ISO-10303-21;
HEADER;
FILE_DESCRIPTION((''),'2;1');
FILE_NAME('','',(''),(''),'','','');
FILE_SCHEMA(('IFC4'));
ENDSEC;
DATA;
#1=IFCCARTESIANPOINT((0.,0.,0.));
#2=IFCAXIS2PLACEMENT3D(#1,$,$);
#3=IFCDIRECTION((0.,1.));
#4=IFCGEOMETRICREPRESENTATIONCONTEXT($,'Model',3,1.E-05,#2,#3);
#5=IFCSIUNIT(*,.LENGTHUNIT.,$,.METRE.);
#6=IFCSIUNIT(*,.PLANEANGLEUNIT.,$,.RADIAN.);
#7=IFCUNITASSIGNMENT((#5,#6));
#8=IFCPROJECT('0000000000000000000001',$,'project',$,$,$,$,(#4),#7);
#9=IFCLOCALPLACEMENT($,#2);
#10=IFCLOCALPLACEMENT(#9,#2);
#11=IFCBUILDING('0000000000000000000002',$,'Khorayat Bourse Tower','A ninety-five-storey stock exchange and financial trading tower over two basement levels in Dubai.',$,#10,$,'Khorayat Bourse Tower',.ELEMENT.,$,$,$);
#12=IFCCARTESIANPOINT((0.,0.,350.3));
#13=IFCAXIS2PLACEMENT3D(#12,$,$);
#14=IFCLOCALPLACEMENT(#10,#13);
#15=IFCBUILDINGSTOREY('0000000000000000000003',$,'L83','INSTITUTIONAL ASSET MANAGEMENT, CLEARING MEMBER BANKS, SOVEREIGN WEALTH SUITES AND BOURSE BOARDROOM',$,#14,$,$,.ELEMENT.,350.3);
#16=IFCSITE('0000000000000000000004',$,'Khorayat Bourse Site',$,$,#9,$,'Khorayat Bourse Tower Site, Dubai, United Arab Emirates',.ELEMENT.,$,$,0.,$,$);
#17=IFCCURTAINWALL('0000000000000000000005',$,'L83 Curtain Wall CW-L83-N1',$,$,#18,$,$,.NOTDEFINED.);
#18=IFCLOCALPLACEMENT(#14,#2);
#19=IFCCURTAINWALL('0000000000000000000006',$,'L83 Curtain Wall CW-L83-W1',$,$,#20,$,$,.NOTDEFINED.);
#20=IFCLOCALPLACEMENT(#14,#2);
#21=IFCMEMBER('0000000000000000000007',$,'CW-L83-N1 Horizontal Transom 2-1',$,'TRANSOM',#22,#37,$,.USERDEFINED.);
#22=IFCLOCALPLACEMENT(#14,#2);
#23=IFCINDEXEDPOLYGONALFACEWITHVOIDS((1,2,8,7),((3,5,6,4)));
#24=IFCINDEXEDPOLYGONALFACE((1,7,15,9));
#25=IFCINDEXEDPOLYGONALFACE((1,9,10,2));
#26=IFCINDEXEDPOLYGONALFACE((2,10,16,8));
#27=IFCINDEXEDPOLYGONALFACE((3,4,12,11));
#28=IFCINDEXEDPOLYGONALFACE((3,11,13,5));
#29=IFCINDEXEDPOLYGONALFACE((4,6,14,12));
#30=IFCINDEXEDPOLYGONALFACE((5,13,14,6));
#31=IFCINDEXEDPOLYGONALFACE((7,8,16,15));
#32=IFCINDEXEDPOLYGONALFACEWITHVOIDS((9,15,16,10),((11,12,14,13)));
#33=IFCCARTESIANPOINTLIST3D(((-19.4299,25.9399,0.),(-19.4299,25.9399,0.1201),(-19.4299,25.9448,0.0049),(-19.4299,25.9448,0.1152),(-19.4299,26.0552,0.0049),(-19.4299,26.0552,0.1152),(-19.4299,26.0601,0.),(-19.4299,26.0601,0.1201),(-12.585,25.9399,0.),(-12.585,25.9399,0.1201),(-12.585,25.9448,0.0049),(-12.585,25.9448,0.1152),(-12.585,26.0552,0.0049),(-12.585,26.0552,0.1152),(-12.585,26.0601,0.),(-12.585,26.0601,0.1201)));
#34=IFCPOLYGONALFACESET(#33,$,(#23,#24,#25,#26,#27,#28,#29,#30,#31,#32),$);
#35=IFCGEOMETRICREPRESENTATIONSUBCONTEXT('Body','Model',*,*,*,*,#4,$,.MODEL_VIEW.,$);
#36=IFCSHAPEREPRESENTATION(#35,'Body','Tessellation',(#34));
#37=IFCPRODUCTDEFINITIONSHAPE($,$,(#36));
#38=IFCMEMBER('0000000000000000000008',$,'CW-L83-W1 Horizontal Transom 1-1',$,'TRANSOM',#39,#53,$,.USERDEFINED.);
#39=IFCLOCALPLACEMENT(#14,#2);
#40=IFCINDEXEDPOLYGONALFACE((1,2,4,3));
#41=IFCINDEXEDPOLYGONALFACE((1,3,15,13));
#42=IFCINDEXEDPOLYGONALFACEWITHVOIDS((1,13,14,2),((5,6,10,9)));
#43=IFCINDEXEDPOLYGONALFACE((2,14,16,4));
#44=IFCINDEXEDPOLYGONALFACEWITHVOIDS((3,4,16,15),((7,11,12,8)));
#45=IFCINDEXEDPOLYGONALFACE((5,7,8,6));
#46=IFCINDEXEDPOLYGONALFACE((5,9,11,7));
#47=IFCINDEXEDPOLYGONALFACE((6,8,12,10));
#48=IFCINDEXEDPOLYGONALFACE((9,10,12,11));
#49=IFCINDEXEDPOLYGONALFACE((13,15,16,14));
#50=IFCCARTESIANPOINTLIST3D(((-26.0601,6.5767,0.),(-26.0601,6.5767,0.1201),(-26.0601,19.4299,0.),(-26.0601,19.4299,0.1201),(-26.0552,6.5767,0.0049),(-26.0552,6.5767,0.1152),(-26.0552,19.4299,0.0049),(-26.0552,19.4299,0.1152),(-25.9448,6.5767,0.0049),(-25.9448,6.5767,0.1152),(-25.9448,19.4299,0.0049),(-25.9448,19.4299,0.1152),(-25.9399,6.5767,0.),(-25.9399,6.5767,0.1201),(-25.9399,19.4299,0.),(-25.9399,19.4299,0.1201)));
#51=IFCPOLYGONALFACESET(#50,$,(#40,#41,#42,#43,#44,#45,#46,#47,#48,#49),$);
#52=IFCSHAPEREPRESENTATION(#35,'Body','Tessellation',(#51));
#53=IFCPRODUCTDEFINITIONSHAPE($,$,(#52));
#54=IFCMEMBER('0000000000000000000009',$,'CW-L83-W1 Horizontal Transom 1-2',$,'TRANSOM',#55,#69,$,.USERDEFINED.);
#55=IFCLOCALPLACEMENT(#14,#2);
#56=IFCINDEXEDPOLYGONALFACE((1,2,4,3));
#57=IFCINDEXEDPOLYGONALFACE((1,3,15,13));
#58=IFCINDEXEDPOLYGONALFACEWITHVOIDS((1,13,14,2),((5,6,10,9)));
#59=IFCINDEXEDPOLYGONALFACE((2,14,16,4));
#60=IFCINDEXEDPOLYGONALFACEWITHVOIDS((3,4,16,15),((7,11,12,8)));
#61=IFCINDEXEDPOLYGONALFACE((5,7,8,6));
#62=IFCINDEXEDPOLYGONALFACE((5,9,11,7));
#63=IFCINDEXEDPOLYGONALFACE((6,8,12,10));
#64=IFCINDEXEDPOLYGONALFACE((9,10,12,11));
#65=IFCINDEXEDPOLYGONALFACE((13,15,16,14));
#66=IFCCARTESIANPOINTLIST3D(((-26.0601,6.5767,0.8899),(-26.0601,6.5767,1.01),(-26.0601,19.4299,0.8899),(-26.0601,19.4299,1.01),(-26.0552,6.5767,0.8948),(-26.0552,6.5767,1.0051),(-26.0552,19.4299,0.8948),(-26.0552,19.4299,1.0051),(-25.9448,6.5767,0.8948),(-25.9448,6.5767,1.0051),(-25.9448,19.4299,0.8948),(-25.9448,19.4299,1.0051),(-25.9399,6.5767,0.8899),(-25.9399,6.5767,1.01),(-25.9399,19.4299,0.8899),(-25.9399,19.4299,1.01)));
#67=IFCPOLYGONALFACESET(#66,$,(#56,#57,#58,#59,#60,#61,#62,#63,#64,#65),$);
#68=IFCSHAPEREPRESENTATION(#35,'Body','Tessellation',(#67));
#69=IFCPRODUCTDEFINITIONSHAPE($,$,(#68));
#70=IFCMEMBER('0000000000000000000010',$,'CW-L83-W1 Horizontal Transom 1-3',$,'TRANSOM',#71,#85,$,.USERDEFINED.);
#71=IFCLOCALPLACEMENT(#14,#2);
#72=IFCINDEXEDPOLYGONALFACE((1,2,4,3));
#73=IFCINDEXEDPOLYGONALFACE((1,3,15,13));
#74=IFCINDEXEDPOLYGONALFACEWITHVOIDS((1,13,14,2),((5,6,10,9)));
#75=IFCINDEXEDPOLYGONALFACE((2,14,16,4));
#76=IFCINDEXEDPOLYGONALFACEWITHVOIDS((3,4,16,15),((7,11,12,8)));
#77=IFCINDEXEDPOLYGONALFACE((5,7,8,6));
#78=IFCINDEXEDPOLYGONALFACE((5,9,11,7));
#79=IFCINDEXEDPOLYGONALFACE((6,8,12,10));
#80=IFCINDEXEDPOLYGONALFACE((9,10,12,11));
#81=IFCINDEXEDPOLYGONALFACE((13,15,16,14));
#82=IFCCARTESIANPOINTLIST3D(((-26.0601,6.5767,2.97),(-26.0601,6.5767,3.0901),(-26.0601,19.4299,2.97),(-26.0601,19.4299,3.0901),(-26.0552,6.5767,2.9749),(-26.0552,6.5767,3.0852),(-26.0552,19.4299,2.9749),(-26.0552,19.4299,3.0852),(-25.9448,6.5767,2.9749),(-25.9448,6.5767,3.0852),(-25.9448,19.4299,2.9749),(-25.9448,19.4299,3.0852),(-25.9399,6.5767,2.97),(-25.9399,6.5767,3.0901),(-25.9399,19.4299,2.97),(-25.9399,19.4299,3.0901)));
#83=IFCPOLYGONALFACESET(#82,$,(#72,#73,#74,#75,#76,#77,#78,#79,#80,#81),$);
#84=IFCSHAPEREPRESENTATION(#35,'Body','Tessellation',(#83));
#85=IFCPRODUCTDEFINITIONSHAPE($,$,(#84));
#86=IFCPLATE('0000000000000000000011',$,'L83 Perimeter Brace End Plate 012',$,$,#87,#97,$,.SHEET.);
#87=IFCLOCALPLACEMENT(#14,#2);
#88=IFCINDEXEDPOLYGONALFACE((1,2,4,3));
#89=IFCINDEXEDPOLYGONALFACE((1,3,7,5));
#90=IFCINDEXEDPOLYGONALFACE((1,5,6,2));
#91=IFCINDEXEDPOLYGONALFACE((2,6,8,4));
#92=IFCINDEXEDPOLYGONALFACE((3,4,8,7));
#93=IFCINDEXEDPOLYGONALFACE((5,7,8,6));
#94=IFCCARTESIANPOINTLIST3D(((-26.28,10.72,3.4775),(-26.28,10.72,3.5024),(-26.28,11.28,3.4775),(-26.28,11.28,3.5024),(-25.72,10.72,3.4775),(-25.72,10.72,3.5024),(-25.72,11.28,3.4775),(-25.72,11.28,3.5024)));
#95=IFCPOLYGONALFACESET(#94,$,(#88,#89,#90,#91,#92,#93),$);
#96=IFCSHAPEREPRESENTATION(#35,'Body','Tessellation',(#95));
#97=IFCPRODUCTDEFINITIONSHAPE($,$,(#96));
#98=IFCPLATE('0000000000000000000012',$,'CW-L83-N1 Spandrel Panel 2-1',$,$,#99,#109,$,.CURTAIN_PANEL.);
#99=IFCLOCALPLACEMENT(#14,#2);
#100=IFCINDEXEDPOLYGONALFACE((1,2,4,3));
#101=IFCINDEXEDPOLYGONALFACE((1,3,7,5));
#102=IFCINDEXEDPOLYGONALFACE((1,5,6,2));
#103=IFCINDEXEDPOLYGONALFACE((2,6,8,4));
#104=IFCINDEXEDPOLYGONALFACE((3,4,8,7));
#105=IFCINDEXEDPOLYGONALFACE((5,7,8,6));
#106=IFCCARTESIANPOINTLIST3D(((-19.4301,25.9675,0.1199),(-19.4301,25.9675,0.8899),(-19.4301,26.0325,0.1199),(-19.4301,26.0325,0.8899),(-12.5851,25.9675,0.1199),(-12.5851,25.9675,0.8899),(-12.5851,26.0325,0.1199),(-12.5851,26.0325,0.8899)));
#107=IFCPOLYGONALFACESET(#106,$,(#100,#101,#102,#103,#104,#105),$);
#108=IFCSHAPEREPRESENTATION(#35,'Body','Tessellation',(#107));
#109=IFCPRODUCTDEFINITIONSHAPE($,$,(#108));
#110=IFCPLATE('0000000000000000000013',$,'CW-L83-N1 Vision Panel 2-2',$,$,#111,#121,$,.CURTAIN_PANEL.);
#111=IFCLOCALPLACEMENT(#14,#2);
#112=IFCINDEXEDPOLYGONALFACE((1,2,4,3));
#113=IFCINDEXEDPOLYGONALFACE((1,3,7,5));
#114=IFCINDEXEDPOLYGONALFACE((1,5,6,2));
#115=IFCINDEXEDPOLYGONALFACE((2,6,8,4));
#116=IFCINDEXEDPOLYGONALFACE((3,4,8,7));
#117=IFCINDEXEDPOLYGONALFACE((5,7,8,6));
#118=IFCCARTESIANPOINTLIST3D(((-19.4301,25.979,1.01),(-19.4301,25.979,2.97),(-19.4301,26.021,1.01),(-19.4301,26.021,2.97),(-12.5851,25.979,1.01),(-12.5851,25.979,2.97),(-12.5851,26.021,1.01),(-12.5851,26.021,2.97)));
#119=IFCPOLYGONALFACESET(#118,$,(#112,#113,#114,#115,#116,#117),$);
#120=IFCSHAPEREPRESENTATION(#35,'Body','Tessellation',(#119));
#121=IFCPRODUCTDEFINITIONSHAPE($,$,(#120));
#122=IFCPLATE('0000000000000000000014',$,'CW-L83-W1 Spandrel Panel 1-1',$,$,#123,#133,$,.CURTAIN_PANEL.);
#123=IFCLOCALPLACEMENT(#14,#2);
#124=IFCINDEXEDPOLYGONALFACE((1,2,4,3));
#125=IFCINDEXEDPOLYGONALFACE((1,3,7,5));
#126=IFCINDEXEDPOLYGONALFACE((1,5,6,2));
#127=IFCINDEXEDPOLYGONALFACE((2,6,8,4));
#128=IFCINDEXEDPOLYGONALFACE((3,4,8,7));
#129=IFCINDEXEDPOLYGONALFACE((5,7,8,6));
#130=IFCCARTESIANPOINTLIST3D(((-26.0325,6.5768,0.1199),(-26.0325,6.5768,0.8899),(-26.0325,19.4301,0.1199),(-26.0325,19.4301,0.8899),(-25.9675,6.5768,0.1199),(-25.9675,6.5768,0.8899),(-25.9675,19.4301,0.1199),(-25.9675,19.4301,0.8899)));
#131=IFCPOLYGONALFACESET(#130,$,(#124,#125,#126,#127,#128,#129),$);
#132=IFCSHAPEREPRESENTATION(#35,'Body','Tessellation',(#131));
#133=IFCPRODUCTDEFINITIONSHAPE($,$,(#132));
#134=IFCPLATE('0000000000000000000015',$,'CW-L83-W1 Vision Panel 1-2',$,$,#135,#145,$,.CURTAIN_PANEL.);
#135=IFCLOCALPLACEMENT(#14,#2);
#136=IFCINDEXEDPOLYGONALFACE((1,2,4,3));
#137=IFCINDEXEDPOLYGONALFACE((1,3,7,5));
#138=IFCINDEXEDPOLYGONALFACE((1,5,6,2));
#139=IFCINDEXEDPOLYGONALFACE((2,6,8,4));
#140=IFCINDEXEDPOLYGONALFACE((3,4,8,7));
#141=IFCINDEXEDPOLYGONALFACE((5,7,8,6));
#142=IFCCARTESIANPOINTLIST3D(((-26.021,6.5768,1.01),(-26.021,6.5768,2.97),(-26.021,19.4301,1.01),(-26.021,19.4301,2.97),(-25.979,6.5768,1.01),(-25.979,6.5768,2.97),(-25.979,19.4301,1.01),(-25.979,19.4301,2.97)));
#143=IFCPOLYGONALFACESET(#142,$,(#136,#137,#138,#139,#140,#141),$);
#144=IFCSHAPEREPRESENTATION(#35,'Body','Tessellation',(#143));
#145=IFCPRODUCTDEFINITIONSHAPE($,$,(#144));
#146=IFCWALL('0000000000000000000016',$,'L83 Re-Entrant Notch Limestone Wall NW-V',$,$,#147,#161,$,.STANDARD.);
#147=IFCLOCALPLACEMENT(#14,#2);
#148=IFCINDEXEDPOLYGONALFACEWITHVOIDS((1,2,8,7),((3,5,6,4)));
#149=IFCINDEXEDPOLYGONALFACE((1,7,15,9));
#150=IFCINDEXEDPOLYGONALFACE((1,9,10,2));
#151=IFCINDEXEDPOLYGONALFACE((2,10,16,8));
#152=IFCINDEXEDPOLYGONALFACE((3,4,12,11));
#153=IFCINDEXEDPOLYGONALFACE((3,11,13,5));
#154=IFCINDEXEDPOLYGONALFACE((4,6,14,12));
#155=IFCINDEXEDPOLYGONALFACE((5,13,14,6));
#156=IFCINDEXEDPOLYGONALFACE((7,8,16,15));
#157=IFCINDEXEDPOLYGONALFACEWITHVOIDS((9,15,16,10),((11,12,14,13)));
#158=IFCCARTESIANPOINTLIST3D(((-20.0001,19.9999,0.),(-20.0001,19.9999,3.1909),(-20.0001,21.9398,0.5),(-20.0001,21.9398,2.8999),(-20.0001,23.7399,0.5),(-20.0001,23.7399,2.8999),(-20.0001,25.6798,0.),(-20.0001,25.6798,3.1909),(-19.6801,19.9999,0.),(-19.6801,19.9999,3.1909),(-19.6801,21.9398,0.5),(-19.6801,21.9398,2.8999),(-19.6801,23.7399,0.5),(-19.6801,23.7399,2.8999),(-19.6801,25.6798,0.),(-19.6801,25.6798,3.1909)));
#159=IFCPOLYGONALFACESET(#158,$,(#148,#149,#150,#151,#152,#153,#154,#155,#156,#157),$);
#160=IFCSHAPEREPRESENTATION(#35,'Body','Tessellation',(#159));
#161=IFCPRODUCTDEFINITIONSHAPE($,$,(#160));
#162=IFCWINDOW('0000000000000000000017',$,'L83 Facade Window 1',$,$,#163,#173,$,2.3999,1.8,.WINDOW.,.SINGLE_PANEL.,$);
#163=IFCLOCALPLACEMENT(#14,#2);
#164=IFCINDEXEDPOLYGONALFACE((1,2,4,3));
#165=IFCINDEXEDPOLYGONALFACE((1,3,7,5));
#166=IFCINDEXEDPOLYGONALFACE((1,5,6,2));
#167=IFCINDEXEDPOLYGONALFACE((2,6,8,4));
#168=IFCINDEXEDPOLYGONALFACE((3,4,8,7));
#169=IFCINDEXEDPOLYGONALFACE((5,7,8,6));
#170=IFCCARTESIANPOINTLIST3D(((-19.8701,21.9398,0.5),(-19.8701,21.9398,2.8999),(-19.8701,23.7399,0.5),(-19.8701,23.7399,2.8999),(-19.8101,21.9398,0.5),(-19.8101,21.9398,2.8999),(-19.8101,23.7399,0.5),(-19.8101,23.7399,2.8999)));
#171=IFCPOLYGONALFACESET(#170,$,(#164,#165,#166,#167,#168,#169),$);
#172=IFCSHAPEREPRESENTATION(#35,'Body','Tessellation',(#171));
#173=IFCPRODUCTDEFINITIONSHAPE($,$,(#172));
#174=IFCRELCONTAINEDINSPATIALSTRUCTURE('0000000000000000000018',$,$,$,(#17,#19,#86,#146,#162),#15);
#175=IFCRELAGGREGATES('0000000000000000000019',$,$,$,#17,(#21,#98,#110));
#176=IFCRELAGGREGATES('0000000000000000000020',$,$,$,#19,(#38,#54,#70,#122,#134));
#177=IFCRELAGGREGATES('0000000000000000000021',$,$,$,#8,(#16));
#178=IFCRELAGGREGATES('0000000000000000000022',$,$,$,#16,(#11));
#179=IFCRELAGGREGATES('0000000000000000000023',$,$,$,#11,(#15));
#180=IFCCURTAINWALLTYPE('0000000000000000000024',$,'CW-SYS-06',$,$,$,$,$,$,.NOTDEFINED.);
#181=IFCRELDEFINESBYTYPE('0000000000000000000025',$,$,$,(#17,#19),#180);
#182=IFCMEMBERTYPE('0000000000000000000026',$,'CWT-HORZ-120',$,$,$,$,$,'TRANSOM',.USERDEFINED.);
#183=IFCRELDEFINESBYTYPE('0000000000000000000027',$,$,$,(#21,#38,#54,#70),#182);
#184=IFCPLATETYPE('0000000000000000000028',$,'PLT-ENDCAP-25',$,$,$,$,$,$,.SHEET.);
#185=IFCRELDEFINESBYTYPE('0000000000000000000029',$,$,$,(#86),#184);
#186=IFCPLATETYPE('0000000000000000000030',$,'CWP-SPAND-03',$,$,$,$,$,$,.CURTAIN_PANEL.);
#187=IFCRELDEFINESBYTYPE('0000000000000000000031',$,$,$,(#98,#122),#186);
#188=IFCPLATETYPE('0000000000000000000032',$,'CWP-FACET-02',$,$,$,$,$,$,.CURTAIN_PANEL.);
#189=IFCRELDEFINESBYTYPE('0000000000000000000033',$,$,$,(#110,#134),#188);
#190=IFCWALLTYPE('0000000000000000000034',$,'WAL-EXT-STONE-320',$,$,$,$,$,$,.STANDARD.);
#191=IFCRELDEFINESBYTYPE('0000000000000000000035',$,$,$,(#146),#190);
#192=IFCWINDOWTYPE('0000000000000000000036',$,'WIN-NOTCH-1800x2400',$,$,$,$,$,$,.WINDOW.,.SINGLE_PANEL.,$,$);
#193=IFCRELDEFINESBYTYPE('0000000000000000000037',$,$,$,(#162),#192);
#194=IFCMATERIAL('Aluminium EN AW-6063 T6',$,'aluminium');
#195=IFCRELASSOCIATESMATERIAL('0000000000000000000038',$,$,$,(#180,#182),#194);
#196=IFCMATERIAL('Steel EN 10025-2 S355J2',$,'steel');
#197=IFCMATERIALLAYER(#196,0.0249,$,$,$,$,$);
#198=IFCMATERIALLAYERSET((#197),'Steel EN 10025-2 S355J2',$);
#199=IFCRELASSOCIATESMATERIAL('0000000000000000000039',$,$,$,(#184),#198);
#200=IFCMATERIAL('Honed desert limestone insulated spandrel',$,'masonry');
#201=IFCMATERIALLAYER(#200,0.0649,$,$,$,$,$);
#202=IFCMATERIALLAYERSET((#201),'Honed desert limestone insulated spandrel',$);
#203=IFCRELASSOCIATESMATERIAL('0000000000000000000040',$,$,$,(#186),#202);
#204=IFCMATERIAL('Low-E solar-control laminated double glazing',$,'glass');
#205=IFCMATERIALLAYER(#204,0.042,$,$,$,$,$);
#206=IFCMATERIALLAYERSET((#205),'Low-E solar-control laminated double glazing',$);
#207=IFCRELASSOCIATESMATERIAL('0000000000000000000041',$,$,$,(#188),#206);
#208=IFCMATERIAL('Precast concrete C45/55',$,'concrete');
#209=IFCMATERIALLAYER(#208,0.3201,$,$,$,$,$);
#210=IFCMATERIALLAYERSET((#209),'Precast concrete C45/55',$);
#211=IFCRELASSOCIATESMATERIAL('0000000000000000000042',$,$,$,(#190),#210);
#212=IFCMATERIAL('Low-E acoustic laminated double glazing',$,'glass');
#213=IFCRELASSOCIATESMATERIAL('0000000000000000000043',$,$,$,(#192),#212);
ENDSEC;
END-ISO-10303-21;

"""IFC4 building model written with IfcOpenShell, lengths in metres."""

from ifc_helpers import new_model, si_unit, direction, frame, frame_2d, origin, origin_2d, place, context, subcontext, project, spatial, rectangle, hollow_rectangle, extrude, source, transform, mapped, material, layer, layer_set, material_profile, profile_set, type_object, element, fill, aggregate, save


model = new_model("IFC4")

# Units and contexts
model_context = context("Model", 3, precision=1e-05, world=origin(), true_north=direction((0.0, 1.0)))
body_context = subcontext(model_context, "Body", "Model", "MODEL_VIEW")
ifc_project = project(units=[si_unit("LENGTHUNIT", "METRE"), si_unit("PLANEANGLEUNIT", "RADIAN")], contexts=[model_context])

# Site, building, storey
site_placement = place(None, origin())
site = spatial("IfcSite", under=ifc_project, at=site_placement, Name="Khorayat Bourse Site", LongName="Khorayat Bourse Tower Site, Dubai, United Arab Emirates", CompositionType="ELEMENT", RefElevation=0.0)
building_placement = place(site_placement, origin())
building = spatial("IfcBuilding", under=site, at=building_placement, Name="Khorayat Bourse Tower", Description="A ninety-five-storey stock exchange and financial trading tower over two basement levels in Dubai.", LongName="Khorayat Bourse Tower", CompositionType="ELEMENT")
storey_placement = place(building_placement, frame((0.0, 0.0, 350.3)))
storey = spatial("IfcBuildingStorey", under=building, at=storey_placement, Name="L83", Description="INSTITUTIONAL ASSET MANAGEMENT, CLEARING MEMBER BANKS, SOVEREIGN WEALTH SUITES AND BOURSE BOARDROOM", CompositionType="ELEMENT", Elevation=350.3)

# Shared definitions
ifc_material_1 = material(Name="Steel EN 10025-2 S355J2", Category="steel")

# Curtain walls
ifc_material_2 = material(Name="Aluminium EN AW-6063 T6", Category="aluminium")
curtain_wall_type = type_object("IfcCurtainWallType", Name="CW-SYS-06", PredefinedType="NOTDEFINED", material=ifc_material_2)
curtain_wall_1_placement = place(storey_placement, origin())
curtain_wall_1 = element("IfcCurtainWall", 1, at=curtain_wall_1_placement, inside=storey, type_object=curtain_wall_type, Name="L83 Curtain Wall CW-L83-N1", PredefinedType="NOTDEFINED")
curtain_wall_2_placement = place(storey_placement, origin())
curtain_wall_2 = element("IfcCurtainWall", 2, at=curtain_wall_2_placement, inside=storey, type_object=curtain_wall_type, Name="L83 Curtain Wall CW-L83-W1", PredefinedType="NOTDEFINED")

# Members
ifc_material_profile_1 = material_profile(ifc_material_2, hollow_rectangle(XDim=0.1201, YDim=0.1201, WallThickness=0.0049, at=origin_2d()), Name="ALU 120x120x5")
ifc_profile_set_1 = profile_set([ifc_material_profile_1], Name="Aluminium EN AW-6063 T6")
member_type_1 = type_object("IfcMemberType", Name="CWT-HORZ-120", ElementType="TRANSOM", PredefinedType="USERDEFINED", material=ifc_profile_set_1)
shared_shape_1 = source(origin(), body_context, "Body", "SweptSolid", [
    extrude(hollow_rectangle(XDim=0.1201, YDim=0.1201, WallThickness=0.0049, at=origin_2d()), origin(), (0.0, 0.0, 1.0), 6.845),
])
member_1_placement = place(storey_placement, frame((-12.585, 26.0, 0.0601), z_axis=(-1.0, 0.0, 0.0), x_axis=(0.0, -1.0, 0.0)))
member_1 = element("IfcMember", 3, at=member_1_placement, type_object=member_type_1, Name="CW-L83-N1 Horizontal Transom 2-1", ObjectType="TRANSOM", PredefinedType="USERDEFINED", context=body_context, shape_type="MappedRepresentation", body=[
    mapped(shared_shape_1, transform((0.0, 0.0, 0.0), scale=1.0)),
])
shared_shape_2 = source(origin(), body_context, "Body", "SweptSolid", [
    extrude(hollow_rectangle(XDim=0.1201, YDim=0.1201, WallThickness=0.0049, at=origin_2d()), origin(), (0.0, 0.0, 1.0), 12.8533),
])
member_2_placement = place(storey_placement, frame((-26.0, 19.4299, 0.0601), z_axis=(0.0, -1.0, 0.0), x_axis=(1.0, 0.0, 0.0)))
member_2 = element("IfcMember", 4, at=member_2_placement, type_object=member_type_1, Name="CW-L83-W1 Horizontal Transom 1-1", ObjectType="TRANSOM", PredefinedType="USERDEFINED", context=body_context, shape_type="MappedRepresentation", body=[
    mapped(shared_shape_2, transform((0.0, 0.0, 0.0), scale=1.0)),
])
member_3_placement = place(storey_placement, frame((-26.0, 19.4299, 0.95), z_axis=(0.0, -1.0, 0.0), x_axis=(1.0, 0.0, 0.0)))
member_3 = element("IfcMember", 5, at=member_3_placement, type_object=member_type_1, Name="CW-L83-W1 Horizontal Transom 1-2", ObjectType="TRANSOM", PredefinedType="USERDEFINED", context=body_context, shape_type="MappedRepresentation", body=[
    mapped(shared_shape_2, transform((0.0, 0.0, 0.0), scale=1.0)),
])
member_4_placement = place(storey_placement, frame((-26.0, 19.4299, 3.03), z_axis=(0.0, -1.0, 0.0), x_axis=(1.0, 0.0, 0.0)))
member_4 = element("IfcMember", 6, at=member_4_placement, type_object=member_type_1, Name="CW-L83-W1 Horizontal Transom 1-3", ObjectType="TRANSOM", PredefinedType="USERDEFINED", context=body_context, shape_type="MappedRepresentation", body=[
    mapped(shared_shape_2, transform((0.0, 0.0, 0.0), scale=1.0)),
])

# Plates
ifc_layer_1 = layer(ifc_material_1, 0.0249)
ifc_layer_set_1 = layer_set([ifc_layer_1], Name="Steel EN 10025-2 S355J2")
plate_type_1 = type_object("IfcPlateType", Name="PLT-ENDCAP-25", PredefinedType="SHEET", material=ifc_layer_set_1)
shared_shape_3 = source(origin(), body_context, "Body", "SweptSolid", [
    extrude(rectangle(XDim=0.5601, YDim=0.5601, at=origin_2d()), origin(), (0.0, 0.0, 1.0), 0.0249),
])
plate_1_placement = place(storey_placement, frame((-26.0, 11.0, 3.4775), z_axis=(0.0, 0.0, 1.0), x_axis=(1.0, 0.0, 0.0)))
element("IfcPlate", 7, at=plate_1_placement, inside=storey, type_object=plate_type_1, Name="L83 Perimeter Brace End Plate 012", PredefinedType="SHEET", context=body_context, shape_type="MappedRepresentation", body=[
    mapped(shared_shape_3, transform((0.0, 0.0, 0.0), scale=1.0)),
])
ifc_material_3 = material(Name="Honed desert limestone insulated spandrel", Category="masonry")
ifc_layer_2 = layer(ifc_material_3, 0.0649)
ifc_layer_set_2 = layer_set([ifc_layer_2], Name="Honed desert limestone insulated spandrel")
plate_type_2 = type_object("IfcPlateType", Name="CWP-SPAND-03", PredefinedType="CURTAIN_PANEL", material=ifc_layer_set_2)
shared_shape_4 = source(origin(), body_context, "Body", "SweptSolid", [
    extrude(rectangle(XDim=6.845, YDim=0.0649, at=origin_2d()), origin(), (0.0, 0.0, 1.0), 0.77),
])
plate_2_placement = place(storey_placement, frame((-16.0076, 26.0, 0.1199), z_axis=(0.0, 0.0, 1.0), x_axis=(-1.0, 0.0, 0.0)))
plate_2 = element("IfcPlate", 8, at=plate_2_placement, type_object=plate_type_2, Name="CW-L83-N1 Spandrel Panel 2-1", PredefinedType="CURTAIN_PANEL", context=body_context, shape_type="MappedRepresentation", body=[
    mapped(shared_shape_4, transform((0.0, 0.0, 0.0), scale=1.0)),
])
ifc_material_4 = material(Name="Low-E solar-control laminated double glazing", Category="glass")
ifc_layer_3 = layer(ifc_material_4, 0.042)
ifc_layer_set_3 = layer_set([ifc_layer_3], Name="Low-E solar-control laminated double glazing")
plate_type_3 = type_object("IfcPlateType", Name="CWP-FACET-02", PredefinedType="CURTAIN_PANEL", material=ifc_layer_set_3)
shared_shape_5 = source(origin(), body_context, "Body", "SweptSolid", [
    extrude(rectangle(XDim=6.845, YDim=0.042, at=origin_2d()), origin(), (0.0, 0.0, 1.0), 1.96),
])
plate_3_placement = place(storey_placement, frame((-16.0076, 26.0, 1.01), z_axis=(0.0, 0.0, 1.0), x_axis=(-1.0, 0.0, 0.0)))
plate_3 = element("IfcPlate", 9, at=plate_3_placement, type_object=plate_type_3, Name="CW-L83-N1 Vision Panel 2-2", PredefinedType="CURTAIN_PANEL", context=body_context, shape_type="MappedRepresentation", body=[
    mapped(shared_shape_5, transform((0.0, 0.0, 0.0), scale=1.0)),
])
aggregate(curtain_wall_1, [member_1, plate_2, plate_3])
shared_shape_6 = source(origin(), body_context, "Body", "SweptSolid", [
    extrude(rectangle(XDim=12.8533, YDim=0.0649, at=origin_2d()), origin(), (0.0, 0.0, 1.0), 0.77),
])
plate_4_placement = place(storey_placement, frame((-26.0, 13.0034, 0.1199), z_axis=(0.0, 0.0, 1.0), x_axis=(0.0, -1.0, 0.0)))
plate_4 = element("IfcPlate", 10, at=plate_4_placement, type_object=plate_type_2, Name="CW-L83-W1 Spandrel Panel 1-1", PredefinedType="CURTAIN_PANEL", context=body_context, shape_type="MappedRepresentation", body=[
    mapped(shared_shape_6, transform((0.0, 0.0, 0.0), scale=1.0)),
])
shared_shape_7 = source(origin(), body_context, "Body", "SweptSolid", [
    extrude(rectangle(XDim=12.8533, YDim=0.042, at=origin_2d()), origin(), (0.0, 0.0, 1.0), 1.96),
])
plate_5_placement = place(storey_placement, frame((-26.0, 13.0034, 1.01), z_axis=(0.0, 0.0, 1.0), x_axis=(0.0, -1.0, 0.0)))
plate_5 = element("IfcPlate", 11, at=plate_5_placement, type_object=plate_type_3, Name="CW-L83-W1 Vision Panel 1-2", PredefinedType="CURTAIN_PANEL", context=body_context, shape_type="MappedRepresentation", body=[
    mapped(shared_shape_7, transform((0.0, 0.0, 0.0), scale=1.0)),
])
aggregate(curtain_wall_2, [member_2, member_3, member_4, plate_4, plate_5])

# Wall, opening, window
ifc_material_5 = material(Name="Precast concrete C45/55", Category="concrete")
ifc_layer_4 = layer(ifc_material_5, 0.3201)
ifc_layer_set_4 = layer_set([ifc_layer_4], Name="Precast concrete C45/55")
wall_type_1 = type_object("IfcWallType", Name="WAL-EXT-STONE-320", PredefinedType="STANDARD", material=ifc_layer_set_4)
shared_shape_8 = source(origin(), body_context, "Body", "SweptSolid", [
    extrude(rectangle(XDim=5.6799, YDim=0.3201, at=frame_2d((2.8398, 0.0))), origin(), (0.0, 0.0, 1.0), 3.1909),
])
wall_1_placement = place(storey_placement, frame((-19.8401, 20.0, 0.0), z_axis=(0.0, 0.0, 1.0), x_axis=(0.0, 1.0, 0.0)))
wall_1 = element("IfcWall", 12, at=wall_1_placement, inside=storey, type_object=wall_type_1, Name="L83 Re-Entrant Notch Limestone Wall NW-V", PredefinedType="STANDARD", context=body_context, shape_type="MappedRepresentation", body=[
    mapped(shared_shape_8, transform((0.0, 0.0, 0.0), scale=1.0)),
])
shared_shape_9 = source(origin(), body_context, "Body", "SweptSolid", [
    extrude(rectangle(XDim=1.8, YDim=2.3999, at=frame_2d((0.8999, 1.2))), frame((0.0, 0.1699, 0.0), z_axis=(0.0, -1.0, 0.0), x_axis=(1.0, 0.0, 0.0)), (0.0, 0.0, 1.0), 0.3401),
])
opening_1_placement = place(wall_1_placement, frame((1.9399, 0.0, 0.5)))
opening_1 = element("IfcOpeningElement", 13, at=opening_1_placement, cuts=wall_1, PredefinedType="OPENING", context=body_context, shape_type="MappedRepresentation", body=[
    mapped(shared_shape_9, transform((0.0, 0.0, 0.0), scale=1.0)),
])
ifc_material_6 = material(Name="Low-E acoustic laminated double glazing", Category="glass")
window_type = type_object("IfcWindowType", Name="WIN-NOTCH-1800x2400", PartitioningType="SINGLE_PANEL", PredefinedType="WINDOW", material=ifc_material_6)
shared_shape_10 = source(origin(), body_context, "Body", "SweptSolid", [
    extrude(rectangle(XDim=1.8, YDim=2.3999, at=frame_2d((0.8999, 1.2))), frame((0.0, 0.03, 0.0), z_axis=(0.0, -1.0, 0.0), x_axis=(1.0, 0.0, 0.0)), (0.0, 0.0, 1.0), 0.0601),
])
window_1_placement = place(opening_1_placement, origin())
window_1 = element("IfcWindow", 14, at=window_1_placement, inside=storey, type_object=window_type, Name="L83 Facade Window 1", OverallHeight=2.3999, OverallWidth=1.8, PartitioningType="SINGLE_PANEL", PredefinedType="WINDOW", context=body_context, shape_type="MappedRepresentation", body=[
    mapped(shared_shape_10, transform((0.0, 0.0, 0.0), scale=1.0)),
])
fill(opening_1, window_1)

save(model, "model.ifc")
